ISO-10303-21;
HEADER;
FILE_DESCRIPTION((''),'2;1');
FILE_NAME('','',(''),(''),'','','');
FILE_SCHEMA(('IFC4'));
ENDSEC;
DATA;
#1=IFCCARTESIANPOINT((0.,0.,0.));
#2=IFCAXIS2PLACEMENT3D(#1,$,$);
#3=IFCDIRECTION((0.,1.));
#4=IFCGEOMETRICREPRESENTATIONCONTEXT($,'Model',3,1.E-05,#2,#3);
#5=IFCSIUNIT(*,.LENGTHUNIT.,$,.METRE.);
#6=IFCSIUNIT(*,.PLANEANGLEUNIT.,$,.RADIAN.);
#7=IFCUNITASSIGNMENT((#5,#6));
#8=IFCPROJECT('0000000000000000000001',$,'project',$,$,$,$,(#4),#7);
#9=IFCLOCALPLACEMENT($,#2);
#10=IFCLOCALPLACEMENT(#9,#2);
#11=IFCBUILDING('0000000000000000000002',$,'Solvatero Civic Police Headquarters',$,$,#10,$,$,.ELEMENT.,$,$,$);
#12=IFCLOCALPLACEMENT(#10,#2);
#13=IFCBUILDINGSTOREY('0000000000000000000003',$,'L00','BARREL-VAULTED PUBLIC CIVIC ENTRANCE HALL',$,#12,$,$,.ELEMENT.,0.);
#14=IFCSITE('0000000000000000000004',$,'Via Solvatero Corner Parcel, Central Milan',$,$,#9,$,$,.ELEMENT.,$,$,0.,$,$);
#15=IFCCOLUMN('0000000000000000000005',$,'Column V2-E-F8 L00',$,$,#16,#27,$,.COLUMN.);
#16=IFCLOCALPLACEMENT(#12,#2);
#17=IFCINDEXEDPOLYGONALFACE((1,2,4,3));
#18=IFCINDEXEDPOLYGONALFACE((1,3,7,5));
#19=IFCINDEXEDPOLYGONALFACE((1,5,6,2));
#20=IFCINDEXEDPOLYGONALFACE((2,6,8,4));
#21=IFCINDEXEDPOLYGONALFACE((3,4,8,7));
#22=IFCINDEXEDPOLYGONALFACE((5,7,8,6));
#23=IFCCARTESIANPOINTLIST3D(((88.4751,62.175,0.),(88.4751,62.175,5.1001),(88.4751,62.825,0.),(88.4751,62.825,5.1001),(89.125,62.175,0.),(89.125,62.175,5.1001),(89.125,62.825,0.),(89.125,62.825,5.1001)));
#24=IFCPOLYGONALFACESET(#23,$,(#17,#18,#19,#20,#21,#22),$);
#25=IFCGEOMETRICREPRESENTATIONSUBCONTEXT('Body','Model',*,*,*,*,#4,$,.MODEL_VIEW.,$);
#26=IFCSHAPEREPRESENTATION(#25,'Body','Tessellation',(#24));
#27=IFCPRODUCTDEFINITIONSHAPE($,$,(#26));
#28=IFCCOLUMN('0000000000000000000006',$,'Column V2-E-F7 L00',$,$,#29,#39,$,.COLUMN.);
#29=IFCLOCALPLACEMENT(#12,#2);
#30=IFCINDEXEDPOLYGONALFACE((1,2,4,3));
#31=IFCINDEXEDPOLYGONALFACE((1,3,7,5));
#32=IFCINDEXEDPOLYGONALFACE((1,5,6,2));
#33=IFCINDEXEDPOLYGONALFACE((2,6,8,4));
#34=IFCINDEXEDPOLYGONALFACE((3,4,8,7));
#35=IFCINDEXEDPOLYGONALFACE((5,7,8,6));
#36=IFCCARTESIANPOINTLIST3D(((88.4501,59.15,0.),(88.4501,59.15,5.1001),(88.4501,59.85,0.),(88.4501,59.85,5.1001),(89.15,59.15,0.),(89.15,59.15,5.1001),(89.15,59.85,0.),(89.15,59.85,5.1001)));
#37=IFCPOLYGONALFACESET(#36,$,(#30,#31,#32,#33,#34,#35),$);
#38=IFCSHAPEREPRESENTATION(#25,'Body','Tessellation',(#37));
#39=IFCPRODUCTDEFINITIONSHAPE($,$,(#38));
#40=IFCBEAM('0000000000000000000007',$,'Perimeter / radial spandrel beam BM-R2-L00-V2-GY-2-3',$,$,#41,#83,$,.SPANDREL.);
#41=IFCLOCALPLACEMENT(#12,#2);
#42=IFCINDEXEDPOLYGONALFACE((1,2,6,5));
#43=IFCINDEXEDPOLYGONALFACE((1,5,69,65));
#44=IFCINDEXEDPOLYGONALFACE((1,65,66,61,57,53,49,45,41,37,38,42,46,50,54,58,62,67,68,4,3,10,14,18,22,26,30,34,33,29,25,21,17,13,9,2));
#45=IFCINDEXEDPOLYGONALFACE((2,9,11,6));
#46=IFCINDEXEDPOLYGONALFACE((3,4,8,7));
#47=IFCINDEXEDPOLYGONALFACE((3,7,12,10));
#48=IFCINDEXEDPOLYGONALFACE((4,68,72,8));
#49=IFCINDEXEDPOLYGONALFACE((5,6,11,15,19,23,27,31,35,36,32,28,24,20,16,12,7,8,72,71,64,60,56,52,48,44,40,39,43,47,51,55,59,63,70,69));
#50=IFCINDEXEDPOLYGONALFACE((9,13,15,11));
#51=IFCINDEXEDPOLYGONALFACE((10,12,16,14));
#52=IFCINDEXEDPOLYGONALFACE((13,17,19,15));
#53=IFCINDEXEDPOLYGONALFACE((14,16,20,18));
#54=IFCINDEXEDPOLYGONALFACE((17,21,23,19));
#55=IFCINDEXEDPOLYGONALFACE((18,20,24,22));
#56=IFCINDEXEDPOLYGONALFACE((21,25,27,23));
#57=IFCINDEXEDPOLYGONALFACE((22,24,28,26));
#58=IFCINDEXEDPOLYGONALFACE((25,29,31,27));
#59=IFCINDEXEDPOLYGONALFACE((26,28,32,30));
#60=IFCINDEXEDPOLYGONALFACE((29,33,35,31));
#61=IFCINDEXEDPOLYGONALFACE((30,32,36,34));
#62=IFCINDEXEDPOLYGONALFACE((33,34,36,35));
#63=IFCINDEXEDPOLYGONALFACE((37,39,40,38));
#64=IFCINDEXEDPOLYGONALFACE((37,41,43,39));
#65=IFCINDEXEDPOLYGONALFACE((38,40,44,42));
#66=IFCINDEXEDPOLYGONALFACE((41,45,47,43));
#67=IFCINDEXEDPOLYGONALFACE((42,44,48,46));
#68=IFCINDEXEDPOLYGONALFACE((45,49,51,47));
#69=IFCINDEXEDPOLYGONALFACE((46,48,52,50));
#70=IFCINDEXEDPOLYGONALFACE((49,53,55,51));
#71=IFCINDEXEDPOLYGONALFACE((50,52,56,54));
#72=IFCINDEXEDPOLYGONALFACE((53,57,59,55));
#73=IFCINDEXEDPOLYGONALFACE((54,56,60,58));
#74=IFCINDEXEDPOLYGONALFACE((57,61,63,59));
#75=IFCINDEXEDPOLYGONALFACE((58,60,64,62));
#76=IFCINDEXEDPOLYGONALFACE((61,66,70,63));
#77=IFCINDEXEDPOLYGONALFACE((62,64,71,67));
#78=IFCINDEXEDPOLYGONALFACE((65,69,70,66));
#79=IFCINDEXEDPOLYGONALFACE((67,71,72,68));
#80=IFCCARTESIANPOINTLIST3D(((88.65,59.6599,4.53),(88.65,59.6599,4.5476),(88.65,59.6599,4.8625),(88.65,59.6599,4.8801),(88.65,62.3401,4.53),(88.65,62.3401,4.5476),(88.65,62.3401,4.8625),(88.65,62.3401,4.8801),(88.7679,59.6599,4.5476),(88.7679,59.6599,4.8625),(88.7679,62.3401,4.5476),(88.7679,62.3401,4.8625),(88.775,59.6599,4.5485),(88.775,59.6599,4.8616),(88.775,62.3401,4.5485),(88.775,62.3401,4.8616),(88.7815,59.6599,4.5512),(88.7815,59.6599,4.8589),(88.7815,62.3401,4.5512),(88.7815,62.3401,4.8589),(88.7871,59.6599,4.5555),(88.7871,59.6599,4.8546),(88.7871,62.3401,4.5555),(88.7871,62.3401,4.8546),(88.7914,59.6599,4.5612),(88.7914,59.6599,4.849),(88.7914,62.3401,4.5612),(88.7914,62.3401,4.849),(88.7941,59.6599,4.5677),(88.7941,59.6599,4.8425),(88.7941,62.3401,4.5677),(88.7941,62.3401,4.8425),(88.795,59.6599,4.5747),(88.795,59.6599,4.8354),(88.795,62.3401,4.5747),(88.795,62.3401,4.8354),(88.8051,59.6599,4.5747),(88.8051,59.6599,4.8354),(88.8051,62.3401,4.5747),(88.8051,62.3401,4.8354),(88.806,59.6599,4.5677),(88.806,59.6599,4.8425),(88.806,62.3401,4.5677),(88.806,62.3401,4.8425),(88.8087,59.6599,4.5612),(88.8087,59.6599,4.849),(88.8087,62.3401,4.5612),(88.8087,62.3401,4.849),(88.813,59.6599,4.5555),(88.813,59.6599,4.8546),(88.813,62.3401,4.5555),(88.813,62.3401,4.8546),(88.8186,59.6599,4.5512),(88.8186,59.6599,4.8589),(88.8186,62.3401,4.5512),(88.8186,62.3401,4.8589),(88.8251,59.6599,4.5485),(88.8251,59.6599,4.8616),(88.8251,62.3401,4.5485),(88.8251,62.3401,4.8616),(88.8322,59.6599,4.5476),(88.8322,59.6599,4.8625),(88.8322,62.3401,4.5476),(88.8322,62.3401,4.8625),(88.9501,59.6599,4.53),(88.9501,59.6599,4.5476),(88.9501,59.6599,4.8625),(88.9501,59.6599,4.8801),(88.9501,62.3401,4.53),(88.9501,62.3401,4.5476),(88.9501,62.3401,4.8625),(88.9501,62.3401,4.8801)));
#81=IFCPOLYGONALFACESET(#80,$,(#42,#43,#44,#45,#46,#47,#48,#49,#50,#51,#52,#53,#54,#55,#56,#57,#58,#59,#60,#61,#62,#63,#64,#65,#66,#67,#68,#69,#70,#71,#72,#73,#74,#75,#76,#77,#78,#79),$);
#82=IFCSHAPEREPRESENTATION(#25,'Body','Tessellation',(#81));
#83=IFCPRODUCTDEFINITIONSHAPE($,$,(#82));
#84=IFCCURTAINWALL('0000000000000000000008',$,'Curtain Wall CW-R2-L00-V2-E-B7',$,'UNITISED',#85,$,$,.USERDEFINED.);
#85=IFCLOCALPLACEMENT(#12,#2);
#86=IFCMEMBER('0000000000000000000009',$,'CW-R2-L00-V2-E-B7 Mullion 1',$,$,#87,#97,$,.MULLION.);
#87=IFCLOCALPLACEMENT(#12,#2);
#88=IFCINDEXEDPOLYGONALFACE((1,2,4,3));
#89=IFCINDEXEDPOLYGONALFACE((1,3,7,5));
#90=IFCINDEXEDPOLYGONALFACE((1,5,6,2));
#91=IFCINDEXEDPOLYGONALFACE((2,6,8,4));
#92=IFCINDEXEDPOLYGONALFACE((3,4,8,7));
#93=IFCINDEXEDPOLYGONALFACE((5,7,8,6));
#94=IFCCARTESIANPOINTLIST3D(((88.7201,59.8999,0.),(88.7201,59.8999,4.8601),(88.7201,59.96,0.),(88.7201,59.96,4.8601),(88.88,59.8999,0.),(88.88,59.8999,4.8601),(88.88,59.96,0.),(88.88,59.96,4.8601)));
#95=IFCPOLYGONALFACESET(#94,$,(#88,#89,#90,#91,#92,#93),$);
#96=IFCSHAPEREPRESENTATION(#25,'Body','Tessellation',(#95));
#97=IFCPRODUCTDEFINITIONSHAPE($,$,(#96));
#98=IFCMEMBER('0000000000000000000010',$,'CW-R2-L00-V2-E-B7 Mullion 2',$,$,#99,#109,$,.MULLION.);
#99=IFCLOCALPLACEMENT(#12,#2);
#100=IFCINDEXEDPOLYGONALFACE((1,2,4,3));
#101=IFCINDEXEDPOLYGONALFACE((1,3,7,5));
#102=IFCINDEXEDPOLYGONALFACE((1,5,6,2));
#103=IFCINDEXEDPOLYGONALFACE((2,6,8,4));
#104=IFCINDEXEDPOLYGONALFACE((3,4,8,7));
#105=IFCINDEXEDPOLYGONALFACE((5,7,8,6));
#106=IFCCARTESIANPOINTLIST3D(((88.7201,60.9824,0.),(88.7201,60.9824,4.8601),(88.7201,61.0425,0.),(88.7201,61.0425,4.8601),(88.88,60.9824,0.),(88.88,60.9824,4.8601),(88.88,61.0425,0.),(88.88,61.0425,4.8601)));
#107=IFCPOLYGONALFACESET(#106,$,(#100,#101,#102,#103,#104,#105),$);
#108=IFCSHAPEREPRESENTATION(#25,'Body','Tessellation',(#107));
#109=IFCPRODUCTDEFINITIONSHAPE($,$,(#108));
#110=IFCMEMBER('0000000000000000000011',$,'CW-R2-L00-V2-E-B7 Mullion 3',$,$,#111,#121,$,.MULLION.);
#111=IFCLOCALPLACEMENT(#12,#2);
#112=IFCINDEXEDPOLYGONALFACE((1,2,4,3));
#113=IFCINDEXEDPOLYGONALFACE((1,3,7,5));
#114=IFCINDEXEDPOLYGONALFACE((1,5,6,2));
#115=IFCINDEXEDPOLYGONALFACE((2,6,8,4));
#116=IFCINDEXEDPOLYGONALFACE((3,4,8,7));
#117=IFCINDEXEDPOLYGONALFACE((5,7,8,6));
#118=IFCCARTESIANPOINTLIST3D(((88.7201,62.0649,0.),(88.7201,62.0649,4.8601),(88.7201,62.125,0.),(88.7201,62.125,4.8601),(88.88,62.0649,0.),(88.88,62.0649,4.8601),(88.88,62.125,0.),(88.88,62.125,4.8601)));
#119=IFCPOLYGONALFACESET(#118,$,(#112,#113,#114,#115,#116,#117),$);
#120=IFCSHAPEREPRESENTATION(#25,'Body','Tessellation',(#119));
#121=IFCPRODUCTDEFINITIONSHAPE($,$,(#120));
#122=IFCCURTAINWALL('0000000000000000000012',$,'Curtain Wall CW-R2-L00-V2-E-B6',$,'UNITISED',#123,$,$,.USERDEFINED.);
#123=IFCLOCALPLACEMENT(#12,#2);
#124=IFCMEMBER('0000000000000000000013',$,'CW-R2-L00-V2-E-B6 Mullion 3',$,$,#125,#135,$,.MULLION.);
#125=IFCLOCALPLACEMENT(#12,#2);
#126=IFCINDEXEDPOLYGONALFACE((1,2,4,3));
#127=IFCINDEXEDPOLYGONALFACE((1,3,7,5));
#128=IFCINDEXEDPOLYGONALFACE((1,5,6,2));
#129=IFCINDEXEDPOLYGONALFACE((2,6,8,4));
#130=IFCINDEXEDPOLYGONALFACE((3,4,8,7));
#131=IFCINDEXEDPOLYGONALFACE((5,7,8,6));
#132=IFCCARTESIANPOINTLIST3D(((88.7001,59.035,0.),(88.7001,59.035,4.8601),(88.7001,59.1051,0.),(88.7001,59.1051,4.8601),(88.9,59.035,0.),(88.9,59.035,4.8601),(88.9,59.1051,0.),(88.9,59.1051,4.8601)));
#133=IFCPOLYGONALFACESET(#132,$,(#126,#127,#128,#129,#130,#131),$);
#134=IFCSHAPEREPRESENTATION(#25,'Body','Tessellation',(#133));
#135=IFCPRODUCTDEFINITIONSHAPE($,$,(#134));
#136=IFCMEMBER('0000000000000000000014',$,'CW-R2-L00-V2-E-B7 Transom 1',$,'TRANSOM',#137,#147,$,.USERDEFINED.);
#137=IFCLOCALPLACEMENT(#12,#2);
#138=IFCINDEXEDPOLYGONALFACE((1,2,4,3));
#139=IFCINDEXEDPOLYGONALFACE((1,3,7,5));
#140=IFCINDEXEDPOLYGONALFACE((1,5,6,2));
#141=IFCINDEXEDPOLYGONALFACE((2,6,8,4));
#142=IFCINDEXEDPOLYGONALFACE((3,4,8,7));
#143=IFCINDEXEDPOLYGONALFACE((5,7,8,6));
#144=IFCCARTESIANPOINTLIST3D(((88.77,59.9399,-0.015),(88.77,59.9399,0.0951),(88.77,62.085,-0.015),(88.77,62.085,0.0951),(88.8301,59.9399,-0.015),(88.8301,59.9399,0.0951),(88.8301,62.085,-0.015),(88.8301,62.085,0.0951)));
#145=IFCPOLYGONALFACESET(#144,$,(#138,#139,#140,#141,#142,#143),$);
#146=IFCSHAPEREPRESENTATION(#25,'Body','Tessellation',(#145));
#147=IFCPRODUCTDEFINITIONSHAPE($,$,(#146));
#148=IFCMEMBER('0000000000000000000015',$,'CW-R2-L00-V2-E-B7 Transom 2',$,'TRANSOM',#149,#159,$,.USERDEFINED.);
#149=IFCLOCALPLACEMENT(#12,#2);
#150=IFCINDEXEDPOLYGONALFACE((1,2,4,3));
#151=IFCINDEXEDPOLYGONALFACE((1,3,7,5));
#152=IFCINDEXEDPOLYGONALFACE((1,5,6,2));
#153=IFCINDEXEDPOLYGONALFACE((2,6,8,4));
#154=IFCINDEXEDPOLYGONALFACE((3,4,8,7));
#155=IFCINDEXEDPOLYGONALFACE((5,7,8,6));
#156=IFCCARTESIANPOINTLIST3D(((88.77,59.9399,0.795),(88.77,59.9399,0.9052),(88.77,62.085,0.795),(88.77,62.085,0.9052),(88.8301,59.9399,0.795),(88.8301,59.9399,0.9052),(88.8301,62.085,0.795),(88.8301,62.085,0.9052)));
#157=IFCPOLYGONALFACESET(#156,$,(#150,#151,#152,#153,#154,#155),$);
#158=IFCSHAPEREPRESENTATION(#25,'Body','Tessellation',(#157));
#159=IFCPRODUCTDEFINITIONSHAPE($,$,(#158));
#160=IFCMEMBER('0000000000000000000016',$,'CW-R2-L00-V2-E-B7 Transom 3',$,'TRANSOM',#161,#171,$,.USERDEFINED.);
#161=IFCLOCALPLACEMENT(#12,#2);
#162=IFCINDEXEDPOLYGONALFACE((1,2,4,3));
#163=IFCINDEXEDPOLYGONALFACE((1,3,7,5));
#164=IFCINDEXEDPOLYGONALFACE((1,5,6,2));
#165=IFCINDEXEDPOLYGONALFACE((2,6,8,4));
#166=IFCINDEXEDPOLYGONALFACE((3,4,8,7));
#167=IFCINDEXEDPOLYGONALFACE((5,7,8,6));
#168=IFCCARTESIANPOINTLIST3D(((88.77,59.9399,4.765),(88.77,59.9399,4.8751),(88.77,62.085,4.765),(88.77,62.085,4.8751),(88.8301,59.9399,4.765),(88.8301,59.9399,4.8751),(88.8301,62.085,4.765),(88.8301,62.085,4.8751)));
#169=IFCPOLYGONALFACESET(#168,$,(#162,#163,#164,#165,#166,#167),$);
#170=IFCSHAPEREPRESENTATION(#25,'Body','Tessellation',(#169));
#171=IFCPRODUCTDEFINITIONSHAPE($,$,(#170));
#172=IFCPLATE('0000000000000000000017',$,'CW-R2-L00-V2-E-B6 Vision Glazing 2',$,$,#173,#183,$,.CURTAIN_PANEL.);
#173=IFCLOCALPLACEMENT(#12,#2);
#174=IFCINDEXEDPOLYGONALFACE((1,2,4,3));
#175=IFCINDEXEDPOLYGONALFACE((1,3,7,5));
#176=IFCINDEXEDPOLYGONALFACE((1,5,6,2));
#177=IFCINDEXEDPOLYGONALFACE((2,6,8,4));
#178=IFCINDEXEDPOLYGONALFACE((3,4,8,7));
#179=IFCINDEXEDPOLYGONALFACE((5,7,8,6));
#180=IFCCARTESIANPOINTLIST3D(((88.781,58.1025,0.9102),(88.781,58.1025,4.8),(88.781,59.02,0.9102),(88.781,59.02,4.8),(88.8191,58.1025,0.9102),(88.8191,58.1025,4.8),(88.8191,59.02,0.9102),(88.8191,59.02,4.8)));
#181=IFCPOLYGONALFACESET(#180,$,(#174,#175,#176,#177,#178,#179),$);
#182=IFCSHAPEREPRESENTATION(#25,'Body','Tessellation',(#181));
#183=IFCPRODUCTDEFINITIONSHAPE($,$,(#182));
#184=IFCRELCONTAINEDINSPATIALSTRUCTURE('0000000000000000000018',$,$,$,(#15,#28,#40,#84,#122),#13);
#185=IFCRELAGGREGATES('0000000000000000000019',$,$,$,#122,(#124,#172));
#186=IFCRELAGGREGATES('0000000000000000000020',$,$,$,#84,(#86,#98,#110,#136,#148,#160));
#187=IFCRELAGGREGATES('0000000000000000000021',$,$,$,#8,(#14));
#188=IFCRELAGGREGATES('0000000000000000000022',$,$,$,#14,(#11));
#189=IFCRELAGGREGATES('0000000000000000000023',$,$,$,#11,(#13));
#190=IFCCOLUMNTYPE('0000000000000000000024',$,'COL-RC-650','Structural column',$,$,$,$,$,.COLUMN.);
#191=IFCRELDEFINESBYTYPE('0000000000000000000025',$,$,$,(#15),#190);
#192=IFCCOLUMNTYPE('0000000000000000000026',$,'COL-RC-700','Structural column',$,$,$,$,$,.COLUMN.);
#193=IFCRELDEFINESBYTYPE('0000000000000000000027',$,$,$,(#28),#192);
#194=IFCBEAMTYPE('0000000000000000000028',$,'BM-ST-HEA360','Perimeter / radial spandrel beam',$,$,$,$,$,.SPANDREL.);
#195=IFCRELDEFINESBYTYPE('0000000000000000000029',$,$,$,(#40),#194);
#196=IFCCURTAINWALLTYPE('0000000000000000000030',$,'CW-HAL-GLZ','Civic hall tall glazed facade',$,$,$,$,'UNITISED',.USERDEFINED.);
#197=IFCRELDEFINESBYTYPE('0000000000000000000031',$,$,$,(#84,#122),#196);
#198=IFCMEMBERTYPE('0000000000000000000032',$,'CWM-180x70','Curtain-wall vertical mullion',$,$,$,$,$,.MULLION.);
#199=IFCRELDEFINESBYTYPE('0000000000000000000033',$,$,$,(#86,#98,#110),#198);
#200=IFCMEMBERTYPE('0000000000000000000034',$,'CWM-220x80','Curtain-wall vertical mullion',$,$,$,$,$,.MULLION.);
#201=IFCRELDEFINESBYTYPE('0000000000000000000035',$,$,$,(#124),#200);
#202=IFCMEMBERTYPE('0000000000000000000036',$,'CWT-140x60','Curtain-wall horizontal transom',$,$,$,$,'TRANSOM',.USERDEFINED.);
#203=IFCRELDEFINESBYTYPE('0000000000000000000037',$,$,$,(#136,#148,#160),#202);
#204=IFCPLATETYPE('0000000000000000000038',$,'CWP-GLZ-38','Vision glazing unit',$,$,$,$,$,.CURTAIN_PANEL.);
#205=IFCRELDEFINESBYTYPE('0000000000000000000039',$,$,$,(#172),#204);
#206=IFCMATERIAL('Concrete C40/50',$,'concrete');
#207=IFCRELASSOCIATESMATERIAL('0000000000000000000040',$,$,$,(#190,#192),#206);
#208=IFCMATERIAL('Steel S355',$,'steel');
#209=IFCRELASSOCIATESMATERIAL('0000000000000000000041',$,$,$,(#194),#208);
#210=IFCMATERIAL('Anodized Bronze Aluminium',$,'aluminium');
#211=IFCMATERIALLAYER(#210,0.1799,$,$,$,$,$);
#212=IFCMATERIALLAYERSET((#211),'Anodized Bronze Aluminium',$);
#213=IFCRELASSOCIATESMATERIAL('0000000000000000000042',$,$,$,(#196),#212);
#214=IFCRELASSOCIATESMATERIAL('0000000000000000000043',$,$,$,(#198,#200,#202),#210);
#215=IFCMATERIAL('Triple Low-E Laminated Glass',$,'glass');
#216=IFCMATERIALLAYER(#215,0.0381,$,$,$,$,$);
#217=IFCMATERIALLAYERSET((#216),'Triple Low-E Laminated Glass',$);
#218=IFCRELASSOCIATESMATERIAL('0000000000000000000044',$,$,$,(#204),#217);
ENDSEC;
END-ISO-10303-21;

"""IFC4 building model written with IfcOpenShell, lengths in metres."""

from ifc_helpers import new_model, si_unit, direction, frame, origin, origin_2d, place, context, subcontext, project, spatial, rectangle, i_section, extrude, material, layer, layer_set, material_profile, profile_set, type_object, element, aggregate, save


model = new_model("IFC4")

# Units and contexts
model_context = context("Model", 3, precision=1e-05, world=origin(), true_north=direction((0.0, 1.0)))
body_context = subcontext(model_context, "Body", "Model", "MODEL_VIEW")
ifc_project = project(units=[si_unit("LENGTHUNIT", "METRE"), si_unit("PLANEANGLEUNIT", "RADIAN")], contexts=[model_context])

# Site, building, storey
site_placement = place(None, origin())
site = spatial("IfcSite", under=ifc_project, at=site_placement, Name="Via Solvatero Corner Parcel, Central Milan", CompositionType="ELEMENT", RefElevation=0.0)
building_placement = place(site_placement, origin())
building = spatial("IfcBuilding", under=site, at=building_placement, Name="Solvatero Civic Police Headquarters", CompositionType="ELEMENT")
storey_placement = place(building_placement, origin())
storey = spatial("IfcBuildingStorey", under=building, at=storey_placement, Name="L00", Description="BARREL-VAULTED PUBLIC CIVIC ENTRANCE HALL", CompositionType="ELEMENT", Elevation=0.0)

# Columns
ifc_material_1 = material(Name="Concrete C40/50", Category="concrete")
ifc_material_profile_1 = material_profile(ifc_material_1, rectangle(XDim=0.6499, YDim=0.6499, at=origin_2d()), Name="RC 650x650")
ifc_profile_set_1 = profile_set([ifc_material_profile_1], Name="Concrete C40/50")
column_type_1 = type_object("IfcColumnType", Name="COL-RC-650", Description="Structural column", PredefinedType="COLUMN", material=ifc_profile_set_1)
column_1_placement = place(storey_placement, frame((88.8, 62.5, 0.0), z_axis=(0.0, 0.0, 1.0), x_axis=(1.0, 0.0, 0.0)))
element("IfcColumn", 1, at=column_1_placement, inside=storey, type_object=column_type_1, Name="Column V2-E-F8 L00", PredefinedType="COLUMN", context=body_context, shape_type="SweptSolid", body=[
    extrude(rectangle(XDim=0.6499, YDim=0.6499, at=origin_2d()), origin(), (0.0, 0.0, 1.0), 5.1001),
])
ifc_material_profile_2 = material_profile(ifc_material_1, rectangle(XDim=0.7, YDim=0.7, at=origin_2d()), Name="RC 700x700")
ifc_profile_set_2 = profile_set([ifc_material_profile_2], Name="Concrete C40/50")
column_type_2 = type_object("IfcColumnType", Name="COL-RC-700", Description="Structural column", PredefinedType="COLUMN", material=ifc_profile_set_2)
column_2_placement = place(storey_placement, frame((88.8, 59.5, 0.0), z_axis=(0.0, 0.0, 1.0), x_axis=(1.0, 0.0, 0.0)))
element("IfcColumn", 2, at=column_2_placement, inside=storey, type_object=column_type_2, Name="Column V2-E-F7 L00", PredefinedType="COLUMN", context=body_context, shape_type="SweptSolid", body=[
    extrude(rectangle(XDim=0.7, YDim=0.7, at=origin_2d()), origin(), (0.0, 0.0, 1.0), 5.1001),
])

# Beam
ifc_material_2 = material(Name="Steel S355", Category="steel")
ifc_material_profile_3 = material_profile(ifc_material_2, i_section(OverallWidth=0.3, OverallDepth=0.3501, WebThickness=0.01, FlangeThickness=0.0176, FilletRadius=0.0271, at=origin_2d()), Name="HEA 360")
ifc_profile_set_3 = profile_set([ifc_material_profile_3], Name="Steel S355")
beam_type = type_object("IfcBeamType", Name="BM-ST-HEA360", Description="Perimeter / radial spandrel beam", PredefinedType="SPANDREL", material=ifc_profile_set_3)
beam_placement = place(storey_placement, frame((88.8, 59.6599, 4.7051), z_axis=(0.0, 1.0, 0.0), x_axis=(-1.0, 0.0, 0.0)))
element("IfcBeam", 3, at=beam_placement, inside=storey, type_object=beam_type, Name="Perimeter / radial spandrel beam BM-R2-L00-V2-GY-2-3", PredefinedType="SPANDREL", context=body_context, shape_type="SweptSolid", body=[
    extrude(i_section(OverallWidth=0.3, OverallDepth=0.3501, WebThickness=0.01, FlangeThickness=0.0176, FilletRadius=0.0271, at=origin_2d()), origin(), (0.0, 0.0, 1.0), 2.6802),
])

# Curtain wall, members
ifc_material_3 = material(Name="Anodized Bronze Aluminium", Category="aluminium")
ifc_layer_1 = layer(ifc_material_3, 0.1799)
ifc_layer_set_1 = layer_set([ifc_layer_1], Name="Anodized Bronze Aluminium")
curtain_wall_type = type_object("IfcCurtainWallType", Name="CW-HAL-GLZ", Description="Civic hall tall glazed facade", ElementType="UNITISED", PredefinedType="USERDEFINED", material=ifc_layer_set_1)
curtain_wall_1_placement = place(storey_placement, origin())
curtain_wall_1 = element("IfcCurtainWall", 4, at=curtain_wall_1_placement, inside=storey, type_object=curtain_wall_type, Name="Curtain Wall CW-R2-L00-V2-E-B7", ObjectType="UNITISED", PredefinedType="USERDEFINED")
ifc_material_profile_4 = material_profile(ifc_material_3, rectangle(XDim=0.0601, YDim=0.1599, at=origin_2d()), Name="ALU MULLION 60x160")
ifc_profile_set_4 = profile_set([ifc_material_profile_4], Name="Anodized Bronze Aluminium")
member_type_1 = type_object("IfcMemberType", Name="CWM-180x70", Description="Curtain-wall vertical mullion", PredefinedType="MULLION", material=ifc_profile_set_4)
member_1_placement = place(storey_placement, frame((88.8, 59.9299, 0.0), z_axis=(0.0, 0.0, 1.0), x_axis=(0.0, 1.0, 0.0)))
member_1 = element("IfcMember", 5, at=member_1_placement, type_object=member_type_1, Name="CW-R2-L00-V2-E-B7 Mullion 1", PredefinedType="MULLION", context=body_context, shape_type="SweptSolid", body=[
    extrude(rectangle(XDim=0.0601, YDim=0.1599, at=origin_2d()), origin(), (0.0, 0.0, 1.0), 4.8601),
])
member_2_placement = place(storey_placement, frame((88.8, 61.0125, 0.0), z_axis=(0.0, 0.0, 1.0), x_axis=(0.0, 1.0, 0.0)))
member_2 = element("IfcMember", 6, at=member_2_placement, type_object=member_type_1, Name="CW-R2-L00-V2-E-B7 Mullion 2", PredefinedType="MULLION", context=body_context, shape_type="SweptSolid", body=[
    extrude(rectangle(XDim=0.0601, YDim=0.1599, at=origin_2d()), origin(), (0.0, 0.0, 1.0), 4.8601),
])
member_3_placement = place(storey_placement, frame((88.8, 62.095, 0.0), z_axis=(0.0, 0.0, 1.0), x_axis=(0.0, 1.0, 0.0)))
member_3 = element("IfcMember", 7, at=member_3_placement, type_object=member_type_1, Name="CW-R2-L00-V2-E-B7 Mullion 3", PredefinedType="MULLION", context=body_context, shape_type="SweptSolid", body=[
    extrude(rectangle(XDim=0.0601, YDim=0.1599, at=origin_2d()), origin(), (0.0, 0.0, 1.0), 4.8601),
])

# Curtain wall, member
curtain_wall_2_placement = place(storey_placement, origin())
curtain_wall_2 = element("IfcCurtainWall", 8, at=curtain_wall_2_placement, inside=storey, type_object=curtain_wall_type, Name="Curtain Wall CW-R2-L00-V2-E-B6", ObjectType="UNITISED", PredefinedType="USERDEFINED")
ifc_material_profile_5 = material_profile(ifc_material_3, rectangle(XDim=0.0701, YDim=0.2, at=origin_2d()), Name="ALU MULLION 70x200")
ifc_profile_set_5 = profile_set([ifc_material_profile_5], Name="Anodized Bronze Aluminium")
member_type_2 = type_object("IfcMemberType", Name="CWM-220x80", Description="Curtain-wall vertical mullion", PredefinedType="MULLION", material=ifc_profile_set_5)
member_4_placement = place(storey_placement, frame((88.8, 59.0701, 0.0), z_axis=(0.0, 0.0, 1.0), x_axis=(0.0, 1.0, 0.0)))
member_4 = element("IfcMember", 9, at=member_4_placement, type_object=member_type_2, Name="CW-R2-L00-V2-E-B6 Mullion 3", PredefinedType="MULLION", context=body_context, shape_type="SweptSolid", body=[
    extrude(rectangle(XDim=0.0701, YDim=0.2, at=origin_2d()), origin(), (0.0, 0.0, 1.0), 4.8601),
])

# Members
ifc_material_profile_6 = material_profile(ifc_material_3, rectangle(XDim=0.0601, YDim=0.1101, at=origin_2d()), Name="ALU TRANSOM 60x110")
ifc_profile_set_6 = profile_set([ifc_material_profile_6], Name="Anodized Bronze Aluminium")
member_type_3 = type_object("IfcMemberType", Name="CWT-140x60", Description="Curtain-wall horizontal transom", ElementType="TRANSOM", PredefinedType="USERDEFINED", material=ifc_profile_set_6)
member_5_placement = place(storey_placement, frame((88.8, 59.9399, 0.04), z_axis=(0.0, 1.0, 0.0), x_axis=(-1.0, 0.0, 0.0)))
member_5 = element("IfcMember", 10, at=member_5_placement, type_object=member_type_3, Name="CW-R2-L00-V2-E-B7 Transom 1", ObjectType="TRANSOM", PredefinedType="USERDEFINED", context=body_context, shape_type="SweptSolid", body=[
    extrude(rectangle(XDim=0.0601, YDim=0.1101, at=origin_2d()), origin(), (0.0, 0.0, 1.0), 2.145),
])
member_6_placement = place(storey_placement, frame((88.8, 59.9399, 0.8501), z_axis=(0.0, 1.0, 0.0), x_axis=(-1.0, 0.0, 0.0)))
member_6 = element("IfcMember", 11, at=member_6_placement, type_object=member_type_3, Name="CW-R2-L00-V2-E-B7 Transom 2", ObjectType="TRANSOM", PredefinedType="USERDEFINED", context=body_context, shape_type="SweptSolid", body=[
    extrude(rectangle(XDim=0.0601, YDim=0.1101, at=origin_2d()), origin(), (0.0, 0.0, 1.0), 2.145),
])
member_7_placement = place(storey_placement, frame((88.8, 59.9399, 4.8201), z_axis=(0.0, 1.0, 0.0), x_axis=(-1.0, 0.0, 0.0)))
member_7 = element("IfcMember", 12, at=member_7_placement, type_object=member_type_3, Name="CW-R2-L00-V2-E-B7 Transom 3", ObjectType="TRANSOM", PredefinedType="USERDEFINED", context=body_context, shape_type="SweptSolid", body=[
    extrude(rectangle(XDim=0.0601, YDim=0.1101, at=origin_2d()), origin(), (0.0, 0.0, 1.0), 2.145),
])

# Plate
ifc_material_4 = material(Name="Triple Low-E Laminated Glass", Category="glass")
ifc_layer_2 = layer(ifc_material_4, 0.0381)
ifc_layer_set_2 = layer_set([ifc_layer_2], Name="Triple Low-E Laminated Glass")
plate_type_1 = type_object("IfcPlateType", Name="CWP-GLZ-38", Description="Vision glazing unit", PredefinedType="CURTAIN_PANEL", material=ifc_layer_set_2)
plate_1_placement = place(storey_placement, frame((88.8, 58.5613, 0.9102), z_axis=(0.0, 0.0, 1.0), x_axis=(0.0, 1.0, 0.0)))
plate_1 = element("IfcPlate", 13, at=plate_1_placement, type_object=plate_type_1, Name="CW-R2-L00-V2-E-B6 Vision Glazing 2", PredefinedType="CURTAIN_PANEL", context=body_context, shape_type="SweptSolid", body=[
    extrude(rectangle(XDim=0.9175, YDim=0.0381, at=origin_2d()), origin(), (0.0, 0.0, 1.0), 3.8899),
])
aggregate(curtain_wall_2, [member_4, plate_1])
aggregate(curtain_wall_1, [member_1, member_2, member_3, member_5, member_6, member_7])

save(model, "model.ifc")
